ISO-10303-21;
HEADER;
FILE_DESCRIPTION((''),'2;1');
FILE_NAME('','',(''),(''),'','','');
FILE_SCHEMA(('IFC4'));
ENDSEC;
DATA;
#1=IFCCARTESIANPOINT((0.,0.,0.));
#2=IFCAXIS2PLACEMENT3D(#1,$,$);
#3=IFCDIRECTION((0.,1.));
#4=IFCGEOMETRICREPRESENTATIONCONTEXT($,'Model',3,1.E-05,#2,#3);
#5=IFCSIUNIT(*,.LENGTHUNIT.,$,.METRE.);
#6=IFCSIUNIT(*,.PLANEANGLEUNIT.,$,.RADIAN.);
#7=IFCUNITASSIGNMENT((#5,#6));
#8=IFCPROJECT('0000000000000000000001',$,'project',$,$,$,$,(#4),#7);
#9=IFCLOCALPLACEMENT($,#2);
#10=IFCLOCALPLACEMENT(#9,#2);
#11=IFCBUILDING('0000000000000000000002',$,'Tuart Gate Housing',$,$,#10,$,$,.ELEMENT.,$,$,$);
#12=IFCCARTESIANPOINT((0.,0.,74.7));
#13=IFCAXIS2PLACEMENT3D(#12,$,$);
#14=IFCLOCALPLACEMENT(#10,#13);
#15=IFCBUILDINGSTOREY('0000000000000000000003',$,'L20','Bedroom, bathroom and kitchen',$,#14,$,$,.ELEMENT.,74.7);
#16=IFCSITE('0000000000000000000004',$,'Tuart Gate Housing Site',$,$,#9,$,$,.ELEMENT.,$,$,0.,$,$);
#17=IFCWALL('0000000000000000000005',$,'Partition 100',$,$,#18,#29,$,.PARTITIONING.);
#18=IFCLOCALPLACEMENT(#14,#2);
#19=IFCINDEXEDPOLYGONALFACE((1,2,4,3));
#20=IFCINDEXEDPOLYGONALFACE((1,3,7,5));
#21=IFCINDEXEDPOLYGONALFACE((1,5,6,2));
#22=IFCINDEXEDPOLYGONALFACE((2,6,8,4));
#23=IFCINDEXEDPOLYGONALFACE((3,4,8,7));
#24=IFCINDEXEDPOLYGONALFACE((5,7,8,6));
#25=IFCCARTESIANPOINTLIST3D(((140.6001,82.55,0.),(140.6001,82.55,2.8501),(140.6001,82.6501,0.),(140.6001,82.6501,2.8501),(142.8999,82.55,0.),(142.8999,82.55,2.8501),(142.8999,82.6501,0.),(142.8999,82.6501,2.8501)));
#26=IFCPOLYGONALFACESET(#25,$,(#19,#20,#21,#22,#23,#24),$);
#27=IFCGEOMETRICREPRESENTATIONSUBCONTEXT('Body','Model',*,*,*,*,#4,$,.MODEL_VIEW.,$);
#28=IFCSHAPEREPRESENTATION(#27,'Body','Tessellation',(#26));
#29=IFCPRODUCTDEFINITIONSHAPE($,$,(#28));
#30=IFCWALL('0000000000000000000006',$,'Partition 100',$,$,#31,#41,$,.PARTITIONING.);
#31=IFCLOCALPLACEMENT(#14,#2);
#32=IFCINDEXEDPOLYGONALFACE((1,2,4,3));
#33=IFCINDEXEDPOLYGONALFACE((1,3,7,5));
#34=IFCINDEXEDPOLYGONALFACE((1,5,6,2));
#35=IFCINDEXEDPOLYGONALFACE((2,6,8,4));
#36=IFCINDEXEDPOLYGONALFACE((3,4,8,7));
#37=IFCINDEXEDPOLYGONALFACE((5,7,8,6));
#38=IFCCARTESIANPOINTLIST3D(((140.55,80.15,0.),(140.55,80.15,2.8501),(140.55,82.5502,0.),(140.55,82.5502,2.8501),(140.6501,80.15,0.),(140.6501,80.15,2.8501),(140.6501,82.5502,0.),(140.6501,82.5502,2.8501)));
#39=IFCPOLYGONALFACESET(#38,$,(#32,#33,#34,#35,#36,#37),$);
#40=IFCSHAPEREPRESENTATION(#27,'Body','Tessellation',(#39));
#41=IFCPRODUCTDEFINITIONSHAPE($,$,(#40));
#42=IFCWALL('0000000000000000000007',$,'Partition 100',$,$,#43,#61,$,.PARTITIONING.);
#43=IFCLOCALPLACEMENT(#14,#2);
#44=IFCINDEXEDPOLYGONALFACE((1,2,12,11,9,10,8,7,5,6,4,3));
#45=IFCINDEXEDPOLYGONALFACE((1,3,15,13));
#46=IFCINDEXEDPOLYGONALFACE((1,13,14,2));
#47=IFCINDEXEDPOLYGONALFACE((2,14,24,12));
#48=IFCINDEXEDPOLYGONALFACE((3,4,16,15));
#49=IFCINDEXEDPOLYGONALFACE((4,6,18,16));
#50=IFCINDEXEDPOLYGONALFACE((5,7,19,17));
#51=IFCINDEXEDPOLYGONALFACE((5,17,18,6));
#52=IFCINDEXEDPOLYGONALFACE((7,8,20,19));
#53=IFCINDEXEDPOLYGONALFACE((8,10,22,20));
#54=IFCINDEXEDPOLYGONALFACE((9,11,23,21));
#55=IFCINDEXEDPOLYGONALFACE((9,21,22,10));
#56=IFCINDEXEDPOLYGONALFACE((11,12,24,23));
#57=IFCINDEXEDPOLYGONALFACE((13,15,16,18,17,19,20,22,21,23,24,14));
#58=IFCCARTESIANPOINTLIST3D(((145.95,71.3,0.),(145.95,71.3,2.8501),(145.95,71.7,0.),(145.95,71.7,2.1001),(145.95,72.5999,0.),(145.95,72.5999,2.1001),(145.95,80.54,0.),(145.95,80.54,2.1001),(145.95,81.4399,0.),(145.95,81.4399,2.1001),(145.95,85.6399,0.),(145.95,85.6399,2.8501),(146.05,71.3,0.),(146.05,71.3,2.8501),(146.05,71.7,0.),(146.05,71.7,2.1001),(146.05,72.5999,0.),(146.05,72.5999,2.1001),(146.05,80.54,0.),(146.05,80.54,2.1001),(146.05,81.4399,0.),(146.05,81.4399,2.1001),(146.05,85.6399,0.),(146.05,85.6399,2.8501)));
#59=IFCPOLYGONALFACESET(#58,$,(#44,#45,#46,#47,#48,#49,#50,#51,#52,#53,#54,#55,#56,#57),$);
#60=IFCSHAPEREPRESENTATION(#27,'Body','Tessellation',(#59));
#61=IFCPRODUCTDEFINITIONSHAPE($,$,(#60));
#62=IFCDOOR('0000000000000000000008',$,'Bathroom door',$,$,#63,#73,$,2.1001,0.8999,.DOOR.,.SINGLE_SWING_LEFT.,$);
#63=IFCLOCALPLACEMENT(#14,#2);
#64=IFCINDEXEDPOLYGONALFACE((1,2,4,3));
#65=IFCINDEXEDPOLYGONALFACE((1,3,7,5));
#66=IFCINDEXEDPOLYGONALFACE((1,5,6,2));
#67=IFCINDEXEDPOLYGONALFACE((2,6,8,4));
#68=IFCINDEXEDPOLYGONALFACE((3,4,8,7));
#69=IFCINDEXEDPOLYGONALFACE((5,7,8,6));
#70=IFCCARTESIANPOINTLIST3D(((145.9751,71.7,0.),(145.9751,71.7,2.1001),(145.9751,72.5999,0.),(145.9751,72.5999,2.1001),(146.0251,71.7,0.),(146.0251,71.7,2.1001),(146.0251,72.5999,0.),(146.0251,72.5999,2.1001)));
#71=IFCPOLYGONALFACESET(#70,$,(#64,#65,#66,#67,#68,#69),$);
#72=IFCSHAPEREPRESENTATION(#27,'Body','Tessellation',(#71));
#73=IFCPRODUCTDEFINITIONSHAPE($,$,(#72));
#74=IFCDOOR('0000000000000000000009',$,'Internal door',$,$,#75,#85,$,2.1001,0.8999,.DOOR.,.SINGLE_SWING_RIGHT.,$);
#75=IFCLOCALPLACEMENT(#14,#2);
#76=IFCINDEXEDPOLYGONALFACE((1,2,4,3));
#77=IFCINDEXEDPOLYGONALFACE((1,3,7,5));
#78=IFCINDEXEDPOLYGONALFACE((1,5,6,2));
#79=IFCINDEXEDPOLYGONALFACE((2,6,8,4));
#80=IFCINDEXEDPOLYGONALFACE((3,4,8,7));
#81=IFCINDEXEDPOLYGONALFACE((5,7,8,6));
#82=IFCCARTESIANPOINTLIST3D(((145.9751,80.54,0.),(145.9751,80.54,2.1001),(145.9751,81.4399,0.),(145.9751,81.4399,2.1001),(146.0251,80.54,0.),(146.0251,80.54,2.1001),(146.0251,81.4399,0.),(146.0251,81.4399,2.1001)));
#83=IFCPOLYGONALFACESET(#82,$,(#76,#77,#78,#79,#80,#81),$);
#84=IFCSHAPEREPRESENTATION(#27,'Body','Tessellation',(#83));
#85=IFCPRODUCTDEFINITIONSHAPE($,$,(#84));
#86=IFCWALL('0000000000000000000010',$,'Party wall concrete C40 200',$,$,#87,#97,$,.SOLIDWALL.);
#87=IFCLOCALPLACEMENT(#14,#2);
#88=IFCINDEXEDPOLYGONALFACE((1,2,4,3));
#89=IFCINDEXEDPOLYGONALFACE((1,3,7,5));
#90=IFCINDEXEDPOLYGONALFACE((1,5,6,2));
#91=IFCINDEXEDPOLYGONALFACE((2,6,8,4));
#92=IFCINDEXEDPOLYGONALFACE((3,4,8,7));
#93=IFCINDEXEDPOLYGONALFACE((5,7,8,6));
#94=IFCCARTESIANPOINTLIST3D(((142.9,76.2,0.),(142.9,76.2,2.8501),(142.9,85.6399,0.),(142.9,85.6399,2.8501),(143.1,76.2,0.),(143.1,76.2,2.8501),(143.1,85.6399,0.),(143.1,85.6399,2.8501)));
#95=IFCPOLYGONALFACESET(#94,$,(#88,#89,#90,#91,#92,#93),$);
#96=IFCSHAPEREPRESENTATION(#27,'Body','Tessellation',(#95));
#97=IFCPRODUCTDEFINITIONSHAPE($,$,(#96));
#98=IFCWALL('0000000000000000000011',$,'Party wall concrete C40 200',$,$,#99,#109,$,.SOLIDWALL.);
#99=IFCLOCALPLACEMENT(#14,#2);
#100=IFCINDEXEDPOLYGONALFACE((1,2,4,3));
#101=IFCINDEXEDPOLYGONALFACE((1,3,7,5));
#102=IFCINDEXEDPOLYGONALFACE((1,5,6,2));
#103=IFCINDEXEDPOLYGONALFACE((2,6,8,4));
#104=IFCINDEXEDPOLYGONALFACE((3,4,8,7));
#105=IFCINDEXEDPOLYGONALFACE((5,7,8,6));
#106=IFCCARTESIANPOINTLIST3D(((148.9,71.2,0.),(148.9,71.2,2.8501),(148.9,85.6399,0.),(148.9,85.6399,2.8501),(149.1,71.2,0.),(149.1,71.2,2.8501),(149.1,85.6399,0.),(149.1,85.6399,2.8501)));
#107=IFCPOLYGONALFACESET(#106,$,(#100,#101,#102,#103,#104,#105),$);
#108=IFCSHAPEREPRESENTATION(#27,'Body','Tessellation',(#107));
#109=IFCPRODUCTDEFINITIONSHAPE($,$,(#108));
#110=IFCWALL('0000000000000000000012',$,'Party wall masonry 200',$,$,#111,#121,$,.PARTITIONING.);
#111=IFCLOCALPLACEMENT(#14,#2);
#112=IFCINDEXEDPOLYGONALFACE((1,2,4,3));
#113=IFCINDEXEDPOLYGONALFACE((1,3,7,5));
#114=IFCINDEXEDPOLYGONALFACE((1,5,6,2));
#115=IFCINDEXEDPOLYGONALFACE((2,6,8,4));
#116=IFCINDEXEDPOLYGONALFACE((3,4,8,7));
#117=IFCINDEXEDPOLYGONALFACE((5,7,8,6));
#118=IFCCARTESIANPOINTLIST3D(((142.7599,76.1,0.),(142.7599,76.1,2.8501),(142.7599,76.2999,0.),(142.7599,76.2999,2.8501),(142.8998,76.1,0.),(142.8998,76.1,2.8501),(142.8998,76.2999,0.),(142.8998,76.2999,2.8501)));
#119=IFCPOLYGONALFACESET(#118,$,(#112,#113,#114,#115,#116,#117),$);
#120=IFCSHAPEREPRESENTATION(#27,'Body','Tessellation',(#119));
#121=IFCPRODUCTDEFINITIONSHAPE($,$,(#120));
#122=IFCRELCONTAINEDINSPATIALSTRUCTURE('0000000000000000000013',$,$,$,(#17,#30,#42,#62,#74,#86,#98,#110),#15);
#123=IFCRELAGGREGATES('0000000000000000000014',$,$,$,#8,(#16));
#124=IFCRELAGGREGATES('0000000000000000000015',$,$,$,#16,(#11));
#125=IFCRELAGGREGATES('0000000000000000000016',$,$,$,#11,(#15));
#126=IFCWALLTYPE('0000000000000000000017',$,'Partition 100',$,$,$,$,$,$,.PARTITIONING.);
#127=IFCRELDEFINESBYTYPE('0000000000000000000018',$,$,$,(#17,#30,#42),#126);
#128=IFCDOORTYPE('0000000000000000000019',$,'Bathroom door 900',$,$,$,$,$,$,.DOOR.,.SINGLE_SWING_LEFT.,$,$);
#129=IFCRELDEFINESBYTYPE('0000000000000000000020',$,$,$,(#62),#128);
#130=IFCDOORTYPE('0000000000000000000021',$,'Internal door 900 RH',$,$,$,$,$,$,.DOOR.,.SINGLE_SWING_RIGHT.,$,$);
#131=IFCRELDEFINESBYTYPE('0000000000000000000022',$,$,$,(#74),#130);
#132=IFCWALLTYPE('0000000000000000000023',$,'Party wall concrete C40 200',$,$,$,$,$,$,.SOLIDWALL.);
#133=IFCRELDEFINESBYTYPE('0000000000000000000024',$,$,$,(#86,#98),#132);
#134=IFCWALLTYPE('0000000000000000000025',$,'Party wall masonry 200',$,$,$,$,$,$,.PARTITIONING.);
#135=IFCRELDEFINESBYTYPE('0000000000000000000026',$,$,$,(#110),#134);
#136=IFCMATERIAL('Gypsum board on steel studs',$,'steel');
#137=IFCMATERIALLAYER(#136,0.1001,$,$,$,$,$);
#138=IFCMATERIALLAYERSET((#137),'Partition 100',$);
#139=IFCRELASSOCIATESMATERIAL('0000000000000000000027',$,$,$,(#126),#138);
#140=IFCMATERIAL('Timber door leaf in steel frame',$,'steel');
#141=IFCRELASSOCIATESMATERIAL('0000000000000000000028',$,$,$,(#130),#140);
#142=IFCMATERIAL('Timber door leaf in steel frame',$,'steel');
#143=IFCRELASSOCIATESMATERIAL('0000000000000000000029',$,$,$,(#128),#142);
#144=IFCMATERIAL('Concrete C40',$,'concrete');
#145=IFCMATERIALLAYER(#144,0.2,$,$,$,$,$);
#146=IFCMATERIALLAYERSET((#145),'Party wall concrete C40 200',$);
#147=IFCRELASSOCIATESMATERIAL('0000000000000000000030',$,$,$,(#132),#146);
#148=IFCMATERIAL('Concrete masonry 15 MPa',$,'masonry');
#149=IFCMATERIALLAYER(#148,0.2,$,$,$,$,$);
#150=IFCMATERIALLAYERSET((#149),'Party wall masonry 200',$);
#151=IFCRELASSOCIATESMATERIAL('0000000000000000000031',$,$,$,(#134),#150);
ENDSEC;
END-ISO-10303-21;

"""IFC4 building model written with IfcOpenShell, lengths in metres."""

from ifc_helpers import new_model, si_unit, direction, frame, frame_2d, origin, place, context, subcontext, project, spatial, rectangle, extrude, material, layer, layer_set, type_object, element, fill, save


model = new_model("IFC4")

# Units and contexts
model_context = context("Model", 3, precision=1e-05, world=origin(), true_north=direction((0.0, 1.0)))
body_context = subcontext(model_context, "Body", "Model", "MODEL_VIEW")
ifc_project = project(units=[si_unit("LENGTHUNIT", "METRE"), si_unit("PLANEANGLEUNIT", "RADIAN")], contexts=[model_context])

# Site, building, storey
site_placement = place(None, origin())
site = spatial("IfcSite", under=ifc_project, at=site_placement, Name="Tuart Gate Housing Site", CompositionType="ELEMENT", RefElevation=0.0)
building_placement = place(site_placement, origin())
building = spatial("IfcBuilding", under=site, at=building_placement, Name="Tuart Gate Housing", CompositionType="ELEMENT")
storey_placement = place(building_placement, frame((0.0, 0.0, 74.7)))
storey = spatial("IfcBuildingStorey", under=building, at=storey_placement, Name="L20", Description="Bedroom, bathroom and kitchen", CompositionType="ELEMENT", Elevation=74.7)

# Shared definitions
ifc_material_1 = material(Name="Gypsum board on steel studs", Category="steel")
ifc_layer_1 = layer(ifc_material_1, 0.1001)
ifc_layer_set_1 = layer_set([ifc_layer_1], Name="Partition 100")
wall_type_1 = type_object("IfcWallType", Name="Partition 100", PredefinedType="PARTITIONING", material=ifc_layer_set_1)

# Shared definitions
ifc_material_2 = material(Name="Timber door leaf in steel frame", Category="steel")
door_type_1 = type_object("IfcDoorType", Name="Internal door 900 RH", OperationType="SINGLE_SWING_RIGHT", PredefinedType="DOOR", material=ifc_material_2)

# Walls
wall_1_placement = place(storey_placement, frame((140.6001, 82.6001, 0.0), z_axis=(0.0, 0.0, 1.0), x_axis=(1.0, 0.0, 0.0)))
element("IfcWall", 1, at=wall_1_placement, inside=storey, type_object=wall_type_1, Name="Partition 100", PredefinedType="PARTITIONING", context=body_context, shape_type="SweptSolid", body=[
    extrude(rectangle(XDim=2.2998, YDim=0.1001, at=frame_2d((1.1499, 0.0))), origin(), (0.0, 0.0, 1.0), 2.8501),
])
wall_2_placement = place(storey_placement, frame((140.6001, 80.1499, 0.0), z_axis=(0.0, 0.0, 1.0), x_axis=(0.0, 1.0, 0.0)))
element("IfcWall", 2, at=wall_2_placement, inside=storey, type_object=wall_type_1, Name="Partition 100", PredefinedType="PARTITIONING", context=body_context, shape_type="SweptSolid", body=[
    extrude(rectangle(XDim=2.4001, YDim=0.1001, at=frame_2d((1.2002, 0.0))), origin(), (0.0, 0.0, 1.0), 2.8501),
])

# Wall, openings, doors
wall_3_placement = place(storey_placement, frame((146.0, 71.3, 0.0), z_axis=(0.0, 0.0, 1.0), x_axis=(0.0, 1.0, 0.0)))
wall_3 = element("IfcWall", 3, at=wall_3_placement, inside=storey, type_object=wall_type_1, Name="Partition 100", PredefinedType="PARTITIONING", context=body_context, shape_type="SweptSolid", body=[
    extrude(rectangle(XDim=14.3398, YDim=0.1001, at=frame_2d((7.1699, 0.0))), origin(), (0.0, 0.0, 1.0), 2.8501),
])
opening_1_placement = place(wall_3_placement, frame((9.24, 0.0, 0.0)))
opening_1 = element("IfcOpeningElement", 4, at=opening_1_placement, cuts=wall_3, PredefinedType="OPENING", context=body_context, shape_type="SweptSolid", body=[
    extrude(rectangle(XDim=0.8999, YDim=2.1001, at=frame_2d((0.45, 1.05))), frame((0.0, 0.0601, 0.0), z_axis=(0.0, -1.0, 0.0), x_axis=(1.0, 0.0, 0.0)), (0.0, 0.0, 1.0), 0.1201),
])
opening_2_placement = place(wall_3_placement, frame((0.3999, 0.0, 0.0)))
opening_2 = element("IfcOpeningElement", 5, at=opening_2_placement, cuts=wall_3, PredefinedType="OPENING", context=body_context, shape_type="SweptSolid", body=[
    extrude(rectangle(XDim=0.8999, YDim=2.1001, at=frame_2d((0.45, 1.05))), frame((0.0, 0.0601, 0.0), z_axis=(0.0, -1.0, 0.0), x_axis=(1.0, 0.0, 0.0)), (0.0, 0.0, 1.0), 0.1201),
])
ifc_material_3 = material(Name="Timber door leaf in steel frame", Category="steel")
door_type_2 = type_object("IfcDoorType", Name="Bathroom door 900", OperationType="SINGLE_SWING_LEFT", PredefinedType="DOOR", material=ifc_material_3)
door_1_placement = place(opening_2_placement, origin())
door_1 = element("IfcDoor", 6, at=door_1_placement, inside=storey, type_object=door_type_2, Name="Bathroom door", OperationType="SINGLE_SWING_LEFT", OverallHeight=2.1001, OverallWidth=0.8999, PredefinedType="DOOR", context=body_context, shape_type="SweptSolid", body=[
    extrude(rectangle(XDim=0.8999, YDim=2.1001, at=frame_2d((0.45, 1.05))), frame((0.0, 0.0249, 0.0), z_axis=(0.0, -1.0, 0.0), x_axis=(1.0, 0.0, 0.0)), (0.0, 0.0, 1.0), 0.05),
])
fill(opening_2, door_1)
door_2_placement = place(opening_1_placement, origin())
door_2 = element("IfcDoor", 7, at=door_2_placement, inside=storey, type_object=door_type_1, Name="Internal door", OperationType="SINGLE_SWING_RIGHT", OverallHeight=2.1001, OverallWidth=0.8999, PredefinedType="DOOR", context=body_context, shape_type="SweptSolid", body=[
    extrude(rectangle(XDim=0.8999, YDim=2.1001, at=frame_2d((0.45, 1.05))), frame((0.0, 0.0249, 0.0), z_axis=(0.0, -1.0, 0.0), x_axis=(1.0, 0.0, 0.0)), (0.0, 0.0, 1.0), 0.05),
])
fill(opening_1, door_2)

# Walls
ifc_material_4 = material(Name="Concrete C40", Category="concrete")
ifc_layer_2 = layer(ifc_material_4, 0.2)
ifc_layer_set_2 = layer_set([ifc_layer_2], Name="Party wall concrete C40 200")
wall_type_2 = type_object("IfcWallType", Name="Party wall concrete C40 200", PredefinedType="SOLIDWALL", material=ifc_layer_set_2)
wall_4_placement = place(storey_placement, frame((143.0, 76.2, 0.0), z_axis=(0.0, 0.0, 1.0), x_axis=(0.0, 1.0, 0.0)))
element("IfcWall", 8, at=wall_4_placement, inside=storey, type_object=wall_type_2, Name="Party wall concrete C40 200", PredefinedType="SOLIDWALL", context=body_context, shape_type="SweptSolid", body=[
    extrude(rectangle(XDim=9.4399, YDim=0.2, at=frame_2d((4.72, 0.0))), origin(), (0.0, 0.0, 1.0), 2.8501),
])
wall_5_placement = place(storey_placement, frame((149.0, 71.2, 0.0), z_axis=(0.0, 0.0, 1.0), x_axis=(0.0, 1.0, 0.0)))
element("IfcWall", 9, at=wall_5_placement, inside=storey, type_object=wall_type_2, Name="Party wall concrete C40 200", PredefinedType="SOLIDWALL", context=body_context, shape_type="SweptSolid", body=[
    extrude(rectangle(XDim=14.4399, YDim=0.2, at=frame_2d((7.22, 0.0))), origin(), (0.0, 0.0, 1.0), 2.8501),
])
ifc_material_5 = material(Name="Concrete masonry 15 MPa", Category="masonry")
ifc_layer_3 = layer(ifc_material_5, 0.2)
ifc_layer_set_3 = layer_set([ifc_layer_3], Name="Party wall masonry 200")
wall_type_3 = type_object("IfcWallType", Name="Party wall masonry 200", PredefinedType="PARTITIONING", material=ifc_layer_set_3)
wall_6_placement = place(storey_placement, frame((142.76, 76.2, 0.0), z_axis=(0.0, 0.0, 1.0), x_axis=(1.0, 0.0, 0.0)))
element("IfcWall", 10, at=wall_6_placement, inside=storey, type_object=wall_type_3, Name="Party wall masonry 200", PredefinedType="PARTITIONING", context=body_context, shape_type="SweptSolid", body=[
    extrude(rectangle(XDim=0.1399, YDim=0.2, at=frame_2d((0.0698, 0.0))), origin(), (0.0, 0.0, 1.0), 2.8501),
])

save(model, "model.ifc")
